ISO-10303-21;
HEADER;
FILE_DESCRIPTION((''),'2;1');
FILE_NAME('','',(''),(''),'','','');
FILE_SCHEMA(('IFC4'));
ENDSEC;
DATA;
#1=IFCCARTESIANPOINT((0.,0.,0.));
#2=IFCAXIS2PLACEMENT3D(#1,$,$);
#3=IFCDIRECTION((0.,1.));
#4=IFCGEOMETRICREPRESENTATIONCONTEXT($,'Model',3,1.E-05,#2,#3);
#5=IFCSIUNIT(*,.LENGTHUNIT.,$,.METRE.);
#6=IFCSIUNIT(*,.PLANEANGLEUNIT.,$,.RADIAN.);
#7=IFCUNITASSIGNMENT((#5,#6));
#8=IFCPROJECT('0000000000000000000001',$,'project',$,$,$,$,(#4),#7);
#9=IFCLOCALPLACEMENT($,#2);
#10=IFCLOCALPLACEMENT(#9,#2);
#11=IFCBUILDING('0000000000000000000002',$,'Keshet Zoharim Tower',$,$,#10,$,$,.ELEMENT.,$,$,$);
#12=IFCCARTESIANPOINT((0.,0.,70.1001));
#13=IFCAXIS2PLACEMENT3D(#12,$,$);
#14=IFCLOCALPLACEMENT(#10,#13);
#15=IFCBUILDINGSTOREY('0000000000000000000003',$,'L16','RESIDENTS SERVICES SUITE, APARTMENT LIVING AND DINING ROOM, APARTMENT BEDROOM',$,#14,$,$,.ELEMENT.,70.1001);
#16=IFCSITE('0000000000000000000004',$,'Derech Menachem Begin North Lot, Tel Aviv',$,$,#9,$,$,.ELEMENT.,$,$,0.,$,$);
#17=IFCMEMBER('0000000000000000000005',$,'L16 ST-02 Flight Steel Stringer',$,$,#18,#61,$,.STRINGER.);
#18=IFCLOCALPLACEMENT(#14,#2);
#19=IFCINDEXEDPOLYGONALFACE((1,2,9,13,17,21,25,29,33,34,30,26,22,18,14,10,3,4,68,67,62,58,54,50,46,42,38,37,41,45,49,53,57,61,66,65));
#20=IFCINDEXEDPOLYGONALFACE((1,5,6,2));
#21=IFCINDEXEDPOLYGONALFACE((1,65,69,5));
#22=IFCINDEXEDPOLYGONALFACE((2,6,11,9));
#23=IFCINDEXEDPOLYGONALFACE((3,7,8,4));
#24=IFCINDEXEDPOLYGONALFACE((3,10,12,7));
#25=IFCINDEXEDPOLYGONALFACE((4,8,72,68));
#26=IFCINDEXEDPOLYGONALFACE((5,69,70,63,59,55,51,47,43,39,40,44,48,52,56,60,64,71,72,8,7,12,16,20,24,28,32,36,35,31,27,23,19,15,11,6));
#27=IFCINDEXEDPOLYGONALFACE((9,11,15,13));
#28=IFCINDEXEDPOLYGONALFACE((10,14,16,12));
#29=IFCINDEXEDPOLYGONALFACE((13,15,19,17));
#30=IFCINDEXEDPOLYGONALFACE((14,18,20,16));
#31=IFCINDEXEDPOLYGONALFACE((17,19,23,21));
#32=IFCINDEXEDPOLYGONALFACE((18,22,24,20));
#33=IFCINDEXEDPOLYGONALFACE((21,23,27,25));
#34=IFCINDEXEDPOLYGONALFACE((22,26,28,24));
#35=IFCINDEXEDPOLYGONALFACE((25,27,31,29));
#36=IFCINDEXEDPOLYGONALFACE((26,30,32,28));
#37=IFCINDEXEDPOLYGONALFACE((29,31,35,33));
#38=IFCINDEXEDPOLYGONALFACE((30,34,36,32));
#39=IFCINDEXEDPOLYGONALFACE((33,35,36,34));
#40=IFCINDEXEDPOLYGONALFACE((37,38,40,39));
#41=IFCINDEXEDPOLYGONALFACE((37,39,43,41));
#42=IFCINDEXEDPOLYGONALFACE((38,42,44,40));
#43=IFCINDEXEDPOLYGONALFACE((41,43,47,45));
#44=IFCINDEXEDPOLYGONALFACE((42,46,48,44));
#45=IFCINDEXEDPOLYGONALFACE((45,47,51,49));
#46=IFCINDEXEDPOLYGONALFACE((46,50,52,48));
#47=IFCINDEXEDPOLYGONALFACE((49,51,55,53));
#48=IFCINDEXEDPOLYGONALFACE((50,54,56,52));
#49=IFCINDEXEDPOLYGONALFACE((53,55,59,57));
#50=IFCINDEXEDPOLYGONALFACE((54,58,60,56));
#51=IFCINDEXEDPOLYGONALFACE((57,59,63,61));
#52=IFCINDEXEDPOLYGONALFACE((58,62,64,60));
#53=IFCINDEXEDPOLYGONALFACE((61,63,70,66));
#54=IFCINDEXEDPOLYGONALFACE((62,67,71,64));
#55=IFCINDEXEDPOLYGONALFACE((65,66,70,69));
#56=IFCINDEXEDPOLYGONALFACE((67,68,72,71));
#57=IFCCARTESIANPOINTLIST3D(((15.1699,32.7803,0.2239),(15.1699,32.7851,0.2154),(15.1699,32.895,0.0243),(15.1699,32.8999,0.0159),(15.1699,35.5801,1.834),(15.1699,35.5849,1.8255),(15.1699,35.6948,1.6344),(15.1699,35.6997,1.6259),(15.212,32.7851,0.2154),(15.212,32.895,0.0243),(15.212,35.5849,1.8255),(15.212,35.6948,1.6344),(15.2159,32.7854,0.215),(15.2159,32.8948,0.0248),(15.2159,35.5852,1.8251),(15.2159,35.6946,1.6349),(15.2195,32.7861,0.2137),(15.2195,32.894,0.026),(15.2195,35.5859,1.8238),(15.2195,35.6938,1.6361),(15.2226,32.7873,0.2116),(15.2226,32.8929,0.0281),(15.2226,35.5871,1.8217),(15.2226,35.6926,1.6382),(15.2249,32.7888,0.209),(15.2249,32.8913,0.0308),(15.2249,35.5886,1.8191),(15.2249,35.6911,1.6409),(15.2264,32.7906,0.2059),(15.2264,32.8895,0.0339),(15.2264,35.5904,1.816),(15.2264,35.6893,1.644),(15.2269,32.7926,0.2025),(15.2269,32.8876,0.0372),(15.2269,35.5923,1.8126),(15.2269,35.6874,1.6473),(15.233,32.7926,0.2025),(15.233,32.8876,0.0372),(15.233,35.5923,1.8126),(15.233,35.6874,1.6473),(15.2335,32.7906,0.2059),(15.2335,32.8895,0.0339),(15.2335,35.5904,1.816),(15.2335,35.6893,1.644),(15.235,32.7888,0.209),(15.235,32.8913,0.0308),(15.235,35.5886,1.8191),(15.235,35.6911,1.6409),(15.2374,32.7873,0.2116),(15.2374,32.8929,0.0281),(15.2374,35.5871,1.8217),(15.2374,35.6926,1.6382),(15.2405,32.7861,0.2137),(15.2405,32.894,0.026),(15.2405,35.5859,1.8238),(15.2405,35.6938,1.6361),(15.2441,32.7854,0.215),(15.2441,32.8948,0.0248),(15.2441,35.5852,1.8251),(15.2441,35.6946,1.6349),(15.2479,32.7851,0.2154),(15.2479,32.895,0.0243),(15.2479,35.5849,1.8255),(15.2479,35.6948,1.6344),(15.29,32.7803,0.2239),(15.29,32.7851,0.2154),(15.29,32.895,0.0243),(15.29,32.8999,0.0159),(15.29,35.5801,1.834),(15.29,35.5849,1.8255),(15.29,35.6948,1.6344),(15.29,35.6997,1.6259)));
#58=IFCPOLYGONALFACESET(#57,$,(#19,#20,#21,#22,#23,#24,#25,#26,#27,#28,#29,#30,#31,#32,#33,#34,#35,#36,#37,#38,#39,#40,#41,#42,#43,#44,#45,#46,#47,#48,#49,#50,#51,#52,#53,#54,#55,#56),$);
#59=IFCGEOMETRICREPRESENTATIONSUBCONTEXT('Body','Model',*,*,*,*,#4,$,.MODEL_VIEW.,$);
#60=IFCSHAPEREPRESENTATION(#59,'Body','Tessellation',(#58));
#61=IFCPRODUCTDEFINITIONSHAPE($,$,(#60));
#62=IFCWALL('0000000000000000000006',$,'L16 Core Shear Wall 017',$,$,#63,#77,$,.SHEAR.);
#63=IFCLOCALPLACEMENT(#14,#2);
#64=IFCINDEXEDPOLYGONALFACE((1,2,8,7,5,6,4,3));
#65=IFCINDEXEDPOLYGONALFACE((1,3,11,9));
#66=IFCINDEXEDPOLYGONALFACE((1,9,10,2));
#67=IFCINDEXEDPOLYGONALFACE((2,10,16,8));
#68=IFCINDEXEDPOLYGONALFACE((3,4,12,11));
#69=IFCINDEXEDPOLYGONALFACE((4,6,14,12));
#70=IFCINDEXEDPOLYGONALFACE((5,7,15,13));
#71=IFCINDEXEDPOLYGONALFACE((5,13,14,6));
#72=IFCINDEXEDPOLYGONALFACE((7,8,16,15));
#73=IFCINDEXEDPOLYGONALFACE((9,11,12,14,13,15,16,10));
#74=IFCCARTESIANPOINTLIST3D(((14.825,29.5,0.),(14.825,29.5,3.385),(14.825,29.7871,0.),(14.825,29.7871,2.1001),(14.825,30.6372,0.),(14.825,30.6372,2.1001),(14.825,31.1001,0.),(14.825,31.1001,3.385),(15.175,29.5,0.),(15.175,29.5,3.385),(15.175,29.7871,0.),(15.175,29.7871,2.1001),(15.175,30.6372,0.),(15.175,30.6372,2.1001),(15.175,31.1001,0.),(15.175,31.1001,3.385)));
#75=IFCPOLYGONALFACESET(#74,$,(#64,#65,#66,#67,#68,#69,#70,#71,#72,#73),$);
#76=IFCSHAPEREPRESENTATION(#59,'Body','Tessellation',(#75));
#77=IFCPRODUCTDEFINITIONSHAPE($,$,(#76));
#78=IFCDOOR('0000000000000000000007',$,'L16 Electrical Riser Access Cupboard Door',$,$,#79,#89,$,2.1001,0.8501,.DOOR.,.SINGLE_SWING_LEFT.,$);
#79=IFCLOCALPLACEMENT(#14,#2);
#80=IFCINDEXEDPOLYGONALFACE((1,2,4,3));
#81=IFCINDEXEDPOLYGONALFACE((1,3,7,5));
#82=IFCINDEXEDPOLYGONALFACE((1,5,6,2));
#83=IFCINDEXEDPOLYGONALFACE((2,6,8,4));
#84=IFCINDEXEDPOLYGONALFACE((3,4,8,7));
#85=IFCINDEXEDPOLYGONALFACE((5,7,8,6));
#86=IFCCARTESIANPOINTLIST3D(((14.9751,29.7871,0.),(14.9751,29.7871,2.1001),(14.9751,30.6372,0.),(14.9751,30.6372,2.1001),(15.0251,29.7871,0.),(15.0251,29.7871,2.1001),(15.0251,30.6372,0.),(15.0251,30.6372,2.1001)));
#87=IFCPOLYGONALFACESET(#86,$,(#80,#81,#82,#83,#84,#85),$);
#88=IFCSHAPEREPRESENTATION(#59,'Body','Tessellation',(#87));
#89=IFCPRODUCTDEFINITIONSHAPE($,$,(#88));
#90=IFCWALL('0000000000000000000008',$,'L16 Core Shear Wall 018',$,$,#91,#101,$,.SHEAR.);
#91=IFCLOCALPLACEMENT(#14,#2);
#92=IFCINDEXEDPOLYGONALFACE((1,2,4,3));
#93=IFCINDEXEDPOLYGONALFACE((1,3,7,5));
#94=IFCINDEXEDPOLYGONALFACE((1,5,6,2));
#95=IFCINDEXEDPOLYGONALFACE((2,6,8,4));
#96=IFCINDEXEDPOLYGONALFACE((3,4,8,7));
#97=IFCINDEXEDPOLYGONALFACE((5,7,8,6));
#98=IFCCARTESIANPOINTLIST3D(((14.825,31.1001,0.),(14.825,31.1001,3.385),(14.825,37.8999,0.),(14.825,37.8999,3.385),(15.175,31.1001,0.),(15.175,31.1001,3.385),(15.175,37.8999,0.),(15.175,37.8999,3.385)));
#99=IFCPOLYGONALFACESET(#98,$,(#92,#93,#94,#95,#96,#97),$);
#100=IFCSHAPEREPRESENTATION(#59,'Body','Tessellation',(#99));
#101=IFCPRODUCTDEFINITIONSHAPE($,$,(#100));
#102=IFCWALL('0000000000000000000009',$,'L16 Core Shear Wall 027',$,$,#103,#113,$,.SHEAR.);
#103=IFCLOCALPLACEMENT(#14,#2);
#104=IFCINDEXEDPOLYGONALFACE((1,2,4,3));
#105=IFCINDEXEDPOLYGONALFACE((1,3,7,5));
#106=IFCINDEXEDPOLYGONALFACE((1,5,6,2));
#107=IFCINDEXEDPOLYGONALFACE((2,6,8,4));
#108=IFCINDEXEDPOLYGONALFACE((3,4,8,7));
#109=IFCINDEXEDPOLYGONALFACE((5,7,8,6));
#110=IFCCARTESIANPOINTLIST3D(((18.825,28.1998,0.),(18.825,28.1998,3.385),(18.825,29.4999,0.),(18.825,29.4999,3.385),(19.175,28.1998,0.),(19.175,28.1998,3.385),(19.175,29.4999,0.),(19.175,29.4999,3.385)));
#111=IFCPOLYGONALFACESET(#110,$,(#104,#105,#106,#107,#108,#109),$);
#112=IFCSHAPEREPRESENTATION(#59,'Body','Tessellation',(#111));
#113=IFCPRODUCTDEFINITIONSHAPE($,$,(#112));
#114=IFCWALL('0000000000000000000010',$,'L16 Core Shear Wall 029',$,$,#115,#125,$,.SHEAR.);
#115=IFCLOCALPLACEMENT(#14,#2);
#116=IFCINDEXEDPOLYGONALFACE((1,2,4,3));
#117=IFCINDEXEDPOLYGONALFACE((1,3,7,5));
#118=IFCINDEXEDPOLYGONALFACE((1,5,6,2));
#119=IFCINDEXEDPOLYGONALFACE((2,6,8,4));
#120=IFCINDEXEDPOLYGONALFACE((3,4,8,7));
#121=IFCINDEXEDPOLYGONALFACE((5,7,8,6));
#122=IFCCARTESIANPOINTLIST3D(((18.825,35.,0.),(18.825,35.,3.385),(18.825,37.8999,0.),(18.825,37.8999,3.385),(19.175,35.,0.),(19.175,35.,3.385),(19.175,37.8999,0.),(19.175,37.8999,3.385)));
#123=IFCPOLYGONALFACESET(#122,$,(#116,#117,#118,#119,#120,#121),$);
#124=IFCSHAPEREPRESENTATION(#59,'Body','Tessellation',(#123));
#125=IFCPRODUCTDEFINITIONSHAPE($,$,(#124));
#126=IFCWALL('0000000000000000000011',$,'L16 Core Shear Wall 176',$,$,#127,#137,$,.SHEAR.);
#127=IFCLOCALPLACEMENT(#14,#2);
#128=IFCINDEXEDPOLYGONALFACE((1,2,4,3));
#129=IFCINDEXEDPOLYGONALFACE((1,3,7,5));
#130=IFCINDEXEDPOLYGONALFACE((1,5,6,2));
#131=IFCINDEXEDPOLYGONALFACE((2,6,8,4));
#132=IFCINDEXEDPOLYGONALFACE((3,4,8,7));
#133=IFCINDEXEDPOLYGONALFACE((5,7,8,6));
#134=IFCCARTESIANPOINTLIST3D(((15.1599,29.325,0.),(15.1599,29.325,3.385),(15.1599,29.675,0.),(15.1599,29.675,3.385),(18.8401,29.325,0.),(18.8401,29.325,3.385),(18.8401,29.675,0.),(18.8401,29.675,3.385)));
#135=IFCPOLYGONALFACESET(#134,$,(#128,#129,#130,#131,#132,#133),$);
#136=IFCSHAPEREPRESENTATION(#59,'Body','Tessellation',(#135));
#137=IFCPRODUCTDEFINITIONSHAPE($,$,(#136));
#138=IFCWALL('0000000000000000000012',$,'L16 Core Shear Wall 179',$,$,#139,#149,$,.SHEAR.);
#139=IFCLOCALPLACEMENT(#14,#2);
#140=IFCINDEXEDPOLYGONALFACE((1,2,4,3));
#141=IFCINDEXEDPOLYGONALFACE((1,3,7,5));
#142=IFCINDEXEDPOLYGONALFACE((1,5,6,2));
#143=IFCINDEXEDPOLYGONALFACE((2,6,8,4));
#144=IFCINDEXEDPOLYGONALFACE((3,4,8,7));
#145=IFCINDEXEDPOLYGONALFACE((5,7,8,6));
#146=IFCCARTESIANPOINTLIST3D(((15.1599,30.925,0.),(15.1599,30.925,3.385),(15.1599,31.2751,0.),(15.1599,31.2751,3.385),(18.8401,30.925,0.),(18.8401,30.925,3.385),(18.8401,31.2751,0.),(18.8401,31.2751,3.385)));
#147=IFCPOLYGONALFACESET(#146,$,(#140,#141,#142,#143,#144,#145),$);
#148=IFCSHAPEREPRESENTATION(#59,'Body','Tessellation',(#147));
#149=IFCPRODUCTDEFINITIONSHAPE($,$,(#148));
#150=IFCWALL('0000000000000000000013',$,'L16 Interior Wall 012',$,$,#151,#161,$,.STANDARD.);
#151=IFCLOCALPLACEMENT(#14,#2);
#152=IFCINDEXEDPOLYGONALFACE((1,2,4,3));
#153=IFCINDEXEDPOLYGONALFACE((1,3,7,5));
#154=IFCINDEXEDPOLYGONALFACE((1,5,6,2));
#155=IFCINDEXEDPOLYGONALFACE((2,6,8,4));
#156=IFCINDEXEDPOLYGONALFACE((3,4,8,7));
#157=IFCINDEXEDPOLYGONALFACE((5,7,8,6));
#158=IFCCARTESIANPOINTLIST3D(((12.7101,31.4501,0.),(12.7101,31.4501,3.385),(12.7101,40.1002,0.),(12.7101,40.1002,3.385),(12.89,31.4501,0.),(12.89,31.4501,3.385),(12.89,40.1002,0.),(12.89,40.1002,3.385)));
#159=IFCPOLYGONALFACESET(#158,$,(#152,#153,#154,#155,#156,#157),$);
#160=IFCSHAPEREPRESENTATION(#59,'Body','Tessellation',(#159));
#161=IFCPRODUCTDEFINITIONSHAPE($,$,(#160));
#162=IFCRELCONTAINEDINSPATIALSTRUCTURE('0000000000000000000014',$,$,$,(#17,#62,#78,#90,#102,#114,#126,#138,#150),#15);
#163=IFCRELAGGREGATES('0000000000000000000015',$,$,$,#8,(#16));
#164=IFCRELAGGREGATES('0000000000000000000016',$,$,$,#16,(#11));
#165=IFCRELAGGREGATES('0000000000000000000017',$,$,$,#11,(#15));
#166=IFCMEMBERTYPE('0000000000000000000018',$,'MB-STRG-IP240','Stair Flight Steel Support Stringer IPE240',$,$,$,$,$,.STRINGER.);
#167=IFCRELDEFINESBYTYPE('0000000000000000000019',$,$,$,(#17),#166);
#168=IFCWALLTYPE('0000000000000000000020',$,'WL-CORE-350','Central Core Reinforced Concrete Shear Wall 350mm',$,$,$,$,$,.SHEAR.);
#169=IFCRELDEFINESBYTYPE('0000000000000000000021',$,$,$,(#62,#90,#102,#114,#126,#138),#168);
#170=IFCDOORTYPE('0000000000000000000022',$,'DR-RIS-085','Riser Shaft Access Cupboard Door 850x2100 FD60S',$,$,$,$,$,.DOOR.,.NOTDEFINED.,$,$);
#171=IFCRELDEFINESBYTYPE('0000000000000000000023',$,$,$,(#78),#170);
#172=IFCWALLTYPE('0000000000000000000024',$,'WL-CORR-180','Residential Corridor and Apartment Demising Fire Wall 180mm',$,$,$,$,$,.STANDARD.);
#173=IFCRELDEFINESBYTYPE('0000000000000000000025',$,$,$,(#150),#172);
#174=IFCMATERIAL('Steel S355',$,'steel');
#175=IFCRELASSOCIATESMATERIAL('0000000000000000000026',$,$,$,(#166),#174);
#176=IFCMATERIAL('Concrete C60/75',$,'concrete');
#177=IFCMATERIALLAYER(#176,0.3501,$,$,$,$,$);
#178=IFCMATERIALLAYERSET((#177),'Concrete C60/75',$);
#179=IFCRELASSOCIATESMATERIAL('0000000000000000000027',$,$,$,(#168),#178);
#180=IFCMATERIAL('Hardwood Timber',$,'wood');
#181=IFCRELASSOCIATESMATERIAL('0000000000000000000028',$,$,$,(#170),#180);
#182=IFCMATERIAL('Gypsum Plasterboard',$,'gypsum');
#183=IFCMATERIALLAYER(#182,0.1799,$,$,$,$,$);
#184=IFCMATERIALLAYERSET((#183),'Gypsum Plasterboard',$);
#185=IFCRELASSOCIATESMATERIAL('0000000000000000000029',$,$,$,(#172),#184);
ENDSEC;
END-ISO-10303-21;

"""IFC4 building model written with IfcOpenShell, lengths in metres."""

from ifc_helpers import new_model, si_unit, direction, frame, frame_2d, origin, origin_2d, place, context, subcontext, project, spatial, rectangle, i_section, extrude, material, layer, layer_set, material_profile, profile_set, type_object, element, fill, save


model = new_model("IFC4")

# Units and contexts
model_context = context("Model", 3, precision=1e-05, world=origin(), true_north=direction((0.0, 1.0)))
body_context = subcontext(model_context, "Body", "Model", "MODEL_VIEW")
ifc_project = project(units=[si_unit("LENGTHUNIT", "METRE"), si_unit("PLANEANGLEUNIT", "RADIAN")], contexts=[model_context])

# Site, building, storey
site_placement = place(None, origin())
site = spatial("IfcSite", under=ifc_project, at=site_placement, Name="Derech Menachem Begin North Lot, Tel Aviv", CompositionType="ELEMENT", RefElevation=0.0)
building_placement = place(site_placement, origin())
building = spatial("IfcBuilding", under=site, at=building_placement, Name="Keshet Zoharim Tower", CompositionType="ELEMENT")
storey_placement = place(building_placement, frame((0.0, 0.0, 70.1001)))
storey = spatial("IfcBuildingStorey", under=building, at=storey_placement, Name="L16", Description="RESIDENTS SERVICES SUITE, APARTMENT LIVING AND DINING ROOM, APARTMENT BEDROOM", CompositionType="ELEMENT", Elevation=70.1001)

# Member
ifc_material_1 = material(Name="Steel S355", Category="steel")
ifc_material_profile = material_profile(ifc_material_1, i_section(OverallWidth=0.1201, OverallDepth=0.24, WebThickness=0.0061, FlangeThickness=0.0098, FilletRadius=0.0149, at=origin_2d()), Name="IPE240")
ifc_profile_set = profile_set([ifc_material_profile], Name="Steel S355")
member_type = type_object("IfcMemberType", Name="MB-STRG-IP240", Description="Stair Flight Steel Support Stringer IPE240", PredefinedType="STRINGER", material=ifc_profile_set)
member_placement = place(storey_placement, frame((15.23, 32.8401, 0.1199), z_axis=(0.0, 0.866877, 0.498522), x_axis=(-1.0, 0.0, 0.0)))
element("IfcMember", 1, at=member_placement, inside=storey, type_object=member_type, Name="L16 ST-02 Flight Steel Stringer", PredefinedType="STRINGER", context=body_context, shape_type="SweptSolid", body=[
    extrude(i_section(OverallWidth=0.1201, OverallDepth=0.24, WebThickness=0.0061, FlangeThickness=0.0098, FilletRadius=0.0149, at=origin_2d()), origin(), (0.0, 0.0, 1.0), 3.2297),
])

# Wall, opening, door
ifc_material_2 = material(Name="Concrete C60/75", Category="concrete")
ifc_layer_1 = layer(ifc_material_2, 0.3501)
ifc_layer_set_1 = layer_set([ifc_layer_1], Name="Concrete C60/75")
wall_type_1 = type_object("IfcWallType", Name="WL-CORE-350", Description="Central Core Reinforced Concrete Shear Wall 350mm", PredefinedType="SHEAR", material=ifc_layer_set_1)
wall_1_placement = place(storey_placement, frame((15.0, 29.5, 0.0), z_axis=(0.0, 0.0, 1.0), x_axis=(0.0, 1.0, 0.0)))
wall_1 = element("IfcWall", 2, at=wall_1_placement, inside=storey, type_object=wall_type_1, Name="L16 Core Shear Wall 017", PredefinedType="SHEAR", context=body_context, shape_type="SweptSolid", body=[
    extrude(rectangle(XDim=1.6001, YDim=0.3501, at=frame_2d((0.8, 0.0))), origin(), (0.0, 0.0, 1.0), 3.385),
])
opening_1_placement = place(wall_1_placement, frame((0.2871, 0.0, 0.0)))
opening_1 = element("IfcOpeningElement", 3, at=opening_1_placement, cuts=wall_1, PredefinedType="OPENING", context=body_context, shape_type="SweptSolid", body=[
    extrude(rectangle(XDim=0.8501, YDim=2.1001, at=frame_2d((0.425, 1.05))), frame((0.0, 0.1851, 0.0), z_axis=(0.0, -1.0, 0.0), x_axis=(1.0, 0.0, 0.0)), (0.0, 0.0, 1.0), 0.3701),
])
ifc_material_3 = material(Name="Hardwood Timber", Category="wood")
door_type_1 = type_object("IfcDoorType", Name="DR-RIS-085", Description="Riser Shaft Access Cupboard Door 850x2100 FD60S", OperationType="NOTDEFINED", PredefinedType="DOOR", material=ifc_material_3)
door_1_placement = place(opening_1_placement, origin())
door_1 = element("IfcDoor", 4, at=door_1_placement, inside=storey, type_object=door_type_1, Name="L16 Electrical Riser Access Cupboard Door", OperationType="SINGLE_SWING_LEFT", OverallHeight=2.1001, OverallWidth=0.8501, PredefinedType="DOOR", context=body_context, shape_type="SweptSolid", body=[
    extrude(rectangle(XDim=0.8501, YDim=2.1001, at=frame_2d((0.425, 1.05))), frame((0.0, 0.0249, 0.0), z_axis=(0.0, -1.0, 0.0), x_axis=(1.0, 0.0, 0.0)), (0.0, 0.0, 1.0), 0.05),
])
fill(opening_1, door_1)

# Walls
wall_2_placement = place(storey_placement, frame((15.0, 31.1001, 0.0), z_axis=(0.0, 0.0, 1.0), x_axis=(0.0, 1.0, 0.0)))
element("IfcWall", 5, at=wall_2_placement, inside=storey, type_object=wall_type_1, Name="L16 Core Shear Wall 018", PredefinedType="SHEAR", context=body_context, shape_type="SweptSolid", body=[
    extrude(rectangle(XDim=6.7998, YDim=0.3501, at=frame_2d((3.3999, 0.0))), origin(), (0.0, 0.0, 1.0), 3.385),
])
wall_3_placement = place(storey_placement, frame((19.0, 28.2, 0.0), z_axis=(0.0, 0.0, 1.0), x_axis=(0.0, 1.0, 0.0)))
element("IfcWall", 6, at=wall_3_placement, inside=storey, type_object=wall_type_1, Name="L16 Core Shear Wall 027", PredefinedType="SHEAR", context=body_context, shape_type="SweptSolid", body=[
    extrude(rectangle(XDim=1.3, YDim=0.3501, at=frame_2d((0.6499, 0.0))), origin(), (0.0, 0.0, 1.0), 3.385),
])

# Walls
wall_4_placement = place(storey_placement, frame((19.0, 35.0, 0.0), z_axis=(0.0, 0.0, 1.0), x_axis=(0.0, 1.0, 0.0)))
element("IfcWall", 7, at=wall_4_placement, inside=storey, type_object=wall_type_1, Name="L16 Core Shear Wall 029", PredefinedType="SHEAR", context=body_context, shape_type="SweptSolid", body=[
    extrude(rectangle(XDim=2.8999, YDim=0.3501, at=frame_2d((1.45, 0.0))), origin(), (0.0, 0.0, 1.0), 3.385),
])
for number, where, z_axis, x_axis, name in (
    (8, (15.1599, 29.5, 0.0), (0.0, 0.0, 1.0), (1.0, 0.0, 0.0), "L16 Core Shear Wall 176"),
    (9, (15.1599, 31.1001, 0.0), (0.0, 0.0, 1.0), (1.0, 0.0, 0.0), "L16 Core Shear Wall 179"),
):
    element("IfcWall", number, at=place(storey_placement, frame(where, z_axis=z_axis, x_axis=x_axis)), inside=storey, type_object=wall_type_1, Name=name, PredefinedType="SHEAR", context=body_context, shape_type="SweptSolid", body=[
        extrude(rectangle(XDim=3.6802, YDim=0.3501, at=frame_2d((1.8401, 0.0))), origin(), (0.0, 0.0, 1.0), 3.385),
    ])

# Shared definitions
ifc_material_4 = material(Name="Gypsum Plasterboard", Category="gypsum")
ifc_layer_2 = layer(ifc_material_4, 0.1799)
ifc_layer_set_2 = layer_set([ifc_layer_2], Name="Gypsum Plasterboard")
wall_type_2 = type_object("IfcWallType", Name="WL-CORR-180", Description="Residential Corridor and Apartment Demising Fire Wall 180mm", PredefinedType="STANDARD", material=ifc_layer_set_2)

# Wall
wall_5_placement = place(storey_placement, frame((12.8, 31.45, 0.0), z_axis=(0.0, 0.0, 1.0), x_axis=(0.0, 1.0, 0.0)))
element("IfcWall", 10, at=wall_5_placement, inside=storey, type_object=wall_type_2, Name="L16 Interior Wall 012", PredefinedType="STANDARD", context=body_context, shape_type="SweptSolid", body=[
    extrude(rectangle(XDim=8.6501, YDim=0.1799, at=frame_2d((4.3252, 0.0))), origin(), (0.0, 0.0, 1.0), 3.385),
])

save(model, "model.ifc")
